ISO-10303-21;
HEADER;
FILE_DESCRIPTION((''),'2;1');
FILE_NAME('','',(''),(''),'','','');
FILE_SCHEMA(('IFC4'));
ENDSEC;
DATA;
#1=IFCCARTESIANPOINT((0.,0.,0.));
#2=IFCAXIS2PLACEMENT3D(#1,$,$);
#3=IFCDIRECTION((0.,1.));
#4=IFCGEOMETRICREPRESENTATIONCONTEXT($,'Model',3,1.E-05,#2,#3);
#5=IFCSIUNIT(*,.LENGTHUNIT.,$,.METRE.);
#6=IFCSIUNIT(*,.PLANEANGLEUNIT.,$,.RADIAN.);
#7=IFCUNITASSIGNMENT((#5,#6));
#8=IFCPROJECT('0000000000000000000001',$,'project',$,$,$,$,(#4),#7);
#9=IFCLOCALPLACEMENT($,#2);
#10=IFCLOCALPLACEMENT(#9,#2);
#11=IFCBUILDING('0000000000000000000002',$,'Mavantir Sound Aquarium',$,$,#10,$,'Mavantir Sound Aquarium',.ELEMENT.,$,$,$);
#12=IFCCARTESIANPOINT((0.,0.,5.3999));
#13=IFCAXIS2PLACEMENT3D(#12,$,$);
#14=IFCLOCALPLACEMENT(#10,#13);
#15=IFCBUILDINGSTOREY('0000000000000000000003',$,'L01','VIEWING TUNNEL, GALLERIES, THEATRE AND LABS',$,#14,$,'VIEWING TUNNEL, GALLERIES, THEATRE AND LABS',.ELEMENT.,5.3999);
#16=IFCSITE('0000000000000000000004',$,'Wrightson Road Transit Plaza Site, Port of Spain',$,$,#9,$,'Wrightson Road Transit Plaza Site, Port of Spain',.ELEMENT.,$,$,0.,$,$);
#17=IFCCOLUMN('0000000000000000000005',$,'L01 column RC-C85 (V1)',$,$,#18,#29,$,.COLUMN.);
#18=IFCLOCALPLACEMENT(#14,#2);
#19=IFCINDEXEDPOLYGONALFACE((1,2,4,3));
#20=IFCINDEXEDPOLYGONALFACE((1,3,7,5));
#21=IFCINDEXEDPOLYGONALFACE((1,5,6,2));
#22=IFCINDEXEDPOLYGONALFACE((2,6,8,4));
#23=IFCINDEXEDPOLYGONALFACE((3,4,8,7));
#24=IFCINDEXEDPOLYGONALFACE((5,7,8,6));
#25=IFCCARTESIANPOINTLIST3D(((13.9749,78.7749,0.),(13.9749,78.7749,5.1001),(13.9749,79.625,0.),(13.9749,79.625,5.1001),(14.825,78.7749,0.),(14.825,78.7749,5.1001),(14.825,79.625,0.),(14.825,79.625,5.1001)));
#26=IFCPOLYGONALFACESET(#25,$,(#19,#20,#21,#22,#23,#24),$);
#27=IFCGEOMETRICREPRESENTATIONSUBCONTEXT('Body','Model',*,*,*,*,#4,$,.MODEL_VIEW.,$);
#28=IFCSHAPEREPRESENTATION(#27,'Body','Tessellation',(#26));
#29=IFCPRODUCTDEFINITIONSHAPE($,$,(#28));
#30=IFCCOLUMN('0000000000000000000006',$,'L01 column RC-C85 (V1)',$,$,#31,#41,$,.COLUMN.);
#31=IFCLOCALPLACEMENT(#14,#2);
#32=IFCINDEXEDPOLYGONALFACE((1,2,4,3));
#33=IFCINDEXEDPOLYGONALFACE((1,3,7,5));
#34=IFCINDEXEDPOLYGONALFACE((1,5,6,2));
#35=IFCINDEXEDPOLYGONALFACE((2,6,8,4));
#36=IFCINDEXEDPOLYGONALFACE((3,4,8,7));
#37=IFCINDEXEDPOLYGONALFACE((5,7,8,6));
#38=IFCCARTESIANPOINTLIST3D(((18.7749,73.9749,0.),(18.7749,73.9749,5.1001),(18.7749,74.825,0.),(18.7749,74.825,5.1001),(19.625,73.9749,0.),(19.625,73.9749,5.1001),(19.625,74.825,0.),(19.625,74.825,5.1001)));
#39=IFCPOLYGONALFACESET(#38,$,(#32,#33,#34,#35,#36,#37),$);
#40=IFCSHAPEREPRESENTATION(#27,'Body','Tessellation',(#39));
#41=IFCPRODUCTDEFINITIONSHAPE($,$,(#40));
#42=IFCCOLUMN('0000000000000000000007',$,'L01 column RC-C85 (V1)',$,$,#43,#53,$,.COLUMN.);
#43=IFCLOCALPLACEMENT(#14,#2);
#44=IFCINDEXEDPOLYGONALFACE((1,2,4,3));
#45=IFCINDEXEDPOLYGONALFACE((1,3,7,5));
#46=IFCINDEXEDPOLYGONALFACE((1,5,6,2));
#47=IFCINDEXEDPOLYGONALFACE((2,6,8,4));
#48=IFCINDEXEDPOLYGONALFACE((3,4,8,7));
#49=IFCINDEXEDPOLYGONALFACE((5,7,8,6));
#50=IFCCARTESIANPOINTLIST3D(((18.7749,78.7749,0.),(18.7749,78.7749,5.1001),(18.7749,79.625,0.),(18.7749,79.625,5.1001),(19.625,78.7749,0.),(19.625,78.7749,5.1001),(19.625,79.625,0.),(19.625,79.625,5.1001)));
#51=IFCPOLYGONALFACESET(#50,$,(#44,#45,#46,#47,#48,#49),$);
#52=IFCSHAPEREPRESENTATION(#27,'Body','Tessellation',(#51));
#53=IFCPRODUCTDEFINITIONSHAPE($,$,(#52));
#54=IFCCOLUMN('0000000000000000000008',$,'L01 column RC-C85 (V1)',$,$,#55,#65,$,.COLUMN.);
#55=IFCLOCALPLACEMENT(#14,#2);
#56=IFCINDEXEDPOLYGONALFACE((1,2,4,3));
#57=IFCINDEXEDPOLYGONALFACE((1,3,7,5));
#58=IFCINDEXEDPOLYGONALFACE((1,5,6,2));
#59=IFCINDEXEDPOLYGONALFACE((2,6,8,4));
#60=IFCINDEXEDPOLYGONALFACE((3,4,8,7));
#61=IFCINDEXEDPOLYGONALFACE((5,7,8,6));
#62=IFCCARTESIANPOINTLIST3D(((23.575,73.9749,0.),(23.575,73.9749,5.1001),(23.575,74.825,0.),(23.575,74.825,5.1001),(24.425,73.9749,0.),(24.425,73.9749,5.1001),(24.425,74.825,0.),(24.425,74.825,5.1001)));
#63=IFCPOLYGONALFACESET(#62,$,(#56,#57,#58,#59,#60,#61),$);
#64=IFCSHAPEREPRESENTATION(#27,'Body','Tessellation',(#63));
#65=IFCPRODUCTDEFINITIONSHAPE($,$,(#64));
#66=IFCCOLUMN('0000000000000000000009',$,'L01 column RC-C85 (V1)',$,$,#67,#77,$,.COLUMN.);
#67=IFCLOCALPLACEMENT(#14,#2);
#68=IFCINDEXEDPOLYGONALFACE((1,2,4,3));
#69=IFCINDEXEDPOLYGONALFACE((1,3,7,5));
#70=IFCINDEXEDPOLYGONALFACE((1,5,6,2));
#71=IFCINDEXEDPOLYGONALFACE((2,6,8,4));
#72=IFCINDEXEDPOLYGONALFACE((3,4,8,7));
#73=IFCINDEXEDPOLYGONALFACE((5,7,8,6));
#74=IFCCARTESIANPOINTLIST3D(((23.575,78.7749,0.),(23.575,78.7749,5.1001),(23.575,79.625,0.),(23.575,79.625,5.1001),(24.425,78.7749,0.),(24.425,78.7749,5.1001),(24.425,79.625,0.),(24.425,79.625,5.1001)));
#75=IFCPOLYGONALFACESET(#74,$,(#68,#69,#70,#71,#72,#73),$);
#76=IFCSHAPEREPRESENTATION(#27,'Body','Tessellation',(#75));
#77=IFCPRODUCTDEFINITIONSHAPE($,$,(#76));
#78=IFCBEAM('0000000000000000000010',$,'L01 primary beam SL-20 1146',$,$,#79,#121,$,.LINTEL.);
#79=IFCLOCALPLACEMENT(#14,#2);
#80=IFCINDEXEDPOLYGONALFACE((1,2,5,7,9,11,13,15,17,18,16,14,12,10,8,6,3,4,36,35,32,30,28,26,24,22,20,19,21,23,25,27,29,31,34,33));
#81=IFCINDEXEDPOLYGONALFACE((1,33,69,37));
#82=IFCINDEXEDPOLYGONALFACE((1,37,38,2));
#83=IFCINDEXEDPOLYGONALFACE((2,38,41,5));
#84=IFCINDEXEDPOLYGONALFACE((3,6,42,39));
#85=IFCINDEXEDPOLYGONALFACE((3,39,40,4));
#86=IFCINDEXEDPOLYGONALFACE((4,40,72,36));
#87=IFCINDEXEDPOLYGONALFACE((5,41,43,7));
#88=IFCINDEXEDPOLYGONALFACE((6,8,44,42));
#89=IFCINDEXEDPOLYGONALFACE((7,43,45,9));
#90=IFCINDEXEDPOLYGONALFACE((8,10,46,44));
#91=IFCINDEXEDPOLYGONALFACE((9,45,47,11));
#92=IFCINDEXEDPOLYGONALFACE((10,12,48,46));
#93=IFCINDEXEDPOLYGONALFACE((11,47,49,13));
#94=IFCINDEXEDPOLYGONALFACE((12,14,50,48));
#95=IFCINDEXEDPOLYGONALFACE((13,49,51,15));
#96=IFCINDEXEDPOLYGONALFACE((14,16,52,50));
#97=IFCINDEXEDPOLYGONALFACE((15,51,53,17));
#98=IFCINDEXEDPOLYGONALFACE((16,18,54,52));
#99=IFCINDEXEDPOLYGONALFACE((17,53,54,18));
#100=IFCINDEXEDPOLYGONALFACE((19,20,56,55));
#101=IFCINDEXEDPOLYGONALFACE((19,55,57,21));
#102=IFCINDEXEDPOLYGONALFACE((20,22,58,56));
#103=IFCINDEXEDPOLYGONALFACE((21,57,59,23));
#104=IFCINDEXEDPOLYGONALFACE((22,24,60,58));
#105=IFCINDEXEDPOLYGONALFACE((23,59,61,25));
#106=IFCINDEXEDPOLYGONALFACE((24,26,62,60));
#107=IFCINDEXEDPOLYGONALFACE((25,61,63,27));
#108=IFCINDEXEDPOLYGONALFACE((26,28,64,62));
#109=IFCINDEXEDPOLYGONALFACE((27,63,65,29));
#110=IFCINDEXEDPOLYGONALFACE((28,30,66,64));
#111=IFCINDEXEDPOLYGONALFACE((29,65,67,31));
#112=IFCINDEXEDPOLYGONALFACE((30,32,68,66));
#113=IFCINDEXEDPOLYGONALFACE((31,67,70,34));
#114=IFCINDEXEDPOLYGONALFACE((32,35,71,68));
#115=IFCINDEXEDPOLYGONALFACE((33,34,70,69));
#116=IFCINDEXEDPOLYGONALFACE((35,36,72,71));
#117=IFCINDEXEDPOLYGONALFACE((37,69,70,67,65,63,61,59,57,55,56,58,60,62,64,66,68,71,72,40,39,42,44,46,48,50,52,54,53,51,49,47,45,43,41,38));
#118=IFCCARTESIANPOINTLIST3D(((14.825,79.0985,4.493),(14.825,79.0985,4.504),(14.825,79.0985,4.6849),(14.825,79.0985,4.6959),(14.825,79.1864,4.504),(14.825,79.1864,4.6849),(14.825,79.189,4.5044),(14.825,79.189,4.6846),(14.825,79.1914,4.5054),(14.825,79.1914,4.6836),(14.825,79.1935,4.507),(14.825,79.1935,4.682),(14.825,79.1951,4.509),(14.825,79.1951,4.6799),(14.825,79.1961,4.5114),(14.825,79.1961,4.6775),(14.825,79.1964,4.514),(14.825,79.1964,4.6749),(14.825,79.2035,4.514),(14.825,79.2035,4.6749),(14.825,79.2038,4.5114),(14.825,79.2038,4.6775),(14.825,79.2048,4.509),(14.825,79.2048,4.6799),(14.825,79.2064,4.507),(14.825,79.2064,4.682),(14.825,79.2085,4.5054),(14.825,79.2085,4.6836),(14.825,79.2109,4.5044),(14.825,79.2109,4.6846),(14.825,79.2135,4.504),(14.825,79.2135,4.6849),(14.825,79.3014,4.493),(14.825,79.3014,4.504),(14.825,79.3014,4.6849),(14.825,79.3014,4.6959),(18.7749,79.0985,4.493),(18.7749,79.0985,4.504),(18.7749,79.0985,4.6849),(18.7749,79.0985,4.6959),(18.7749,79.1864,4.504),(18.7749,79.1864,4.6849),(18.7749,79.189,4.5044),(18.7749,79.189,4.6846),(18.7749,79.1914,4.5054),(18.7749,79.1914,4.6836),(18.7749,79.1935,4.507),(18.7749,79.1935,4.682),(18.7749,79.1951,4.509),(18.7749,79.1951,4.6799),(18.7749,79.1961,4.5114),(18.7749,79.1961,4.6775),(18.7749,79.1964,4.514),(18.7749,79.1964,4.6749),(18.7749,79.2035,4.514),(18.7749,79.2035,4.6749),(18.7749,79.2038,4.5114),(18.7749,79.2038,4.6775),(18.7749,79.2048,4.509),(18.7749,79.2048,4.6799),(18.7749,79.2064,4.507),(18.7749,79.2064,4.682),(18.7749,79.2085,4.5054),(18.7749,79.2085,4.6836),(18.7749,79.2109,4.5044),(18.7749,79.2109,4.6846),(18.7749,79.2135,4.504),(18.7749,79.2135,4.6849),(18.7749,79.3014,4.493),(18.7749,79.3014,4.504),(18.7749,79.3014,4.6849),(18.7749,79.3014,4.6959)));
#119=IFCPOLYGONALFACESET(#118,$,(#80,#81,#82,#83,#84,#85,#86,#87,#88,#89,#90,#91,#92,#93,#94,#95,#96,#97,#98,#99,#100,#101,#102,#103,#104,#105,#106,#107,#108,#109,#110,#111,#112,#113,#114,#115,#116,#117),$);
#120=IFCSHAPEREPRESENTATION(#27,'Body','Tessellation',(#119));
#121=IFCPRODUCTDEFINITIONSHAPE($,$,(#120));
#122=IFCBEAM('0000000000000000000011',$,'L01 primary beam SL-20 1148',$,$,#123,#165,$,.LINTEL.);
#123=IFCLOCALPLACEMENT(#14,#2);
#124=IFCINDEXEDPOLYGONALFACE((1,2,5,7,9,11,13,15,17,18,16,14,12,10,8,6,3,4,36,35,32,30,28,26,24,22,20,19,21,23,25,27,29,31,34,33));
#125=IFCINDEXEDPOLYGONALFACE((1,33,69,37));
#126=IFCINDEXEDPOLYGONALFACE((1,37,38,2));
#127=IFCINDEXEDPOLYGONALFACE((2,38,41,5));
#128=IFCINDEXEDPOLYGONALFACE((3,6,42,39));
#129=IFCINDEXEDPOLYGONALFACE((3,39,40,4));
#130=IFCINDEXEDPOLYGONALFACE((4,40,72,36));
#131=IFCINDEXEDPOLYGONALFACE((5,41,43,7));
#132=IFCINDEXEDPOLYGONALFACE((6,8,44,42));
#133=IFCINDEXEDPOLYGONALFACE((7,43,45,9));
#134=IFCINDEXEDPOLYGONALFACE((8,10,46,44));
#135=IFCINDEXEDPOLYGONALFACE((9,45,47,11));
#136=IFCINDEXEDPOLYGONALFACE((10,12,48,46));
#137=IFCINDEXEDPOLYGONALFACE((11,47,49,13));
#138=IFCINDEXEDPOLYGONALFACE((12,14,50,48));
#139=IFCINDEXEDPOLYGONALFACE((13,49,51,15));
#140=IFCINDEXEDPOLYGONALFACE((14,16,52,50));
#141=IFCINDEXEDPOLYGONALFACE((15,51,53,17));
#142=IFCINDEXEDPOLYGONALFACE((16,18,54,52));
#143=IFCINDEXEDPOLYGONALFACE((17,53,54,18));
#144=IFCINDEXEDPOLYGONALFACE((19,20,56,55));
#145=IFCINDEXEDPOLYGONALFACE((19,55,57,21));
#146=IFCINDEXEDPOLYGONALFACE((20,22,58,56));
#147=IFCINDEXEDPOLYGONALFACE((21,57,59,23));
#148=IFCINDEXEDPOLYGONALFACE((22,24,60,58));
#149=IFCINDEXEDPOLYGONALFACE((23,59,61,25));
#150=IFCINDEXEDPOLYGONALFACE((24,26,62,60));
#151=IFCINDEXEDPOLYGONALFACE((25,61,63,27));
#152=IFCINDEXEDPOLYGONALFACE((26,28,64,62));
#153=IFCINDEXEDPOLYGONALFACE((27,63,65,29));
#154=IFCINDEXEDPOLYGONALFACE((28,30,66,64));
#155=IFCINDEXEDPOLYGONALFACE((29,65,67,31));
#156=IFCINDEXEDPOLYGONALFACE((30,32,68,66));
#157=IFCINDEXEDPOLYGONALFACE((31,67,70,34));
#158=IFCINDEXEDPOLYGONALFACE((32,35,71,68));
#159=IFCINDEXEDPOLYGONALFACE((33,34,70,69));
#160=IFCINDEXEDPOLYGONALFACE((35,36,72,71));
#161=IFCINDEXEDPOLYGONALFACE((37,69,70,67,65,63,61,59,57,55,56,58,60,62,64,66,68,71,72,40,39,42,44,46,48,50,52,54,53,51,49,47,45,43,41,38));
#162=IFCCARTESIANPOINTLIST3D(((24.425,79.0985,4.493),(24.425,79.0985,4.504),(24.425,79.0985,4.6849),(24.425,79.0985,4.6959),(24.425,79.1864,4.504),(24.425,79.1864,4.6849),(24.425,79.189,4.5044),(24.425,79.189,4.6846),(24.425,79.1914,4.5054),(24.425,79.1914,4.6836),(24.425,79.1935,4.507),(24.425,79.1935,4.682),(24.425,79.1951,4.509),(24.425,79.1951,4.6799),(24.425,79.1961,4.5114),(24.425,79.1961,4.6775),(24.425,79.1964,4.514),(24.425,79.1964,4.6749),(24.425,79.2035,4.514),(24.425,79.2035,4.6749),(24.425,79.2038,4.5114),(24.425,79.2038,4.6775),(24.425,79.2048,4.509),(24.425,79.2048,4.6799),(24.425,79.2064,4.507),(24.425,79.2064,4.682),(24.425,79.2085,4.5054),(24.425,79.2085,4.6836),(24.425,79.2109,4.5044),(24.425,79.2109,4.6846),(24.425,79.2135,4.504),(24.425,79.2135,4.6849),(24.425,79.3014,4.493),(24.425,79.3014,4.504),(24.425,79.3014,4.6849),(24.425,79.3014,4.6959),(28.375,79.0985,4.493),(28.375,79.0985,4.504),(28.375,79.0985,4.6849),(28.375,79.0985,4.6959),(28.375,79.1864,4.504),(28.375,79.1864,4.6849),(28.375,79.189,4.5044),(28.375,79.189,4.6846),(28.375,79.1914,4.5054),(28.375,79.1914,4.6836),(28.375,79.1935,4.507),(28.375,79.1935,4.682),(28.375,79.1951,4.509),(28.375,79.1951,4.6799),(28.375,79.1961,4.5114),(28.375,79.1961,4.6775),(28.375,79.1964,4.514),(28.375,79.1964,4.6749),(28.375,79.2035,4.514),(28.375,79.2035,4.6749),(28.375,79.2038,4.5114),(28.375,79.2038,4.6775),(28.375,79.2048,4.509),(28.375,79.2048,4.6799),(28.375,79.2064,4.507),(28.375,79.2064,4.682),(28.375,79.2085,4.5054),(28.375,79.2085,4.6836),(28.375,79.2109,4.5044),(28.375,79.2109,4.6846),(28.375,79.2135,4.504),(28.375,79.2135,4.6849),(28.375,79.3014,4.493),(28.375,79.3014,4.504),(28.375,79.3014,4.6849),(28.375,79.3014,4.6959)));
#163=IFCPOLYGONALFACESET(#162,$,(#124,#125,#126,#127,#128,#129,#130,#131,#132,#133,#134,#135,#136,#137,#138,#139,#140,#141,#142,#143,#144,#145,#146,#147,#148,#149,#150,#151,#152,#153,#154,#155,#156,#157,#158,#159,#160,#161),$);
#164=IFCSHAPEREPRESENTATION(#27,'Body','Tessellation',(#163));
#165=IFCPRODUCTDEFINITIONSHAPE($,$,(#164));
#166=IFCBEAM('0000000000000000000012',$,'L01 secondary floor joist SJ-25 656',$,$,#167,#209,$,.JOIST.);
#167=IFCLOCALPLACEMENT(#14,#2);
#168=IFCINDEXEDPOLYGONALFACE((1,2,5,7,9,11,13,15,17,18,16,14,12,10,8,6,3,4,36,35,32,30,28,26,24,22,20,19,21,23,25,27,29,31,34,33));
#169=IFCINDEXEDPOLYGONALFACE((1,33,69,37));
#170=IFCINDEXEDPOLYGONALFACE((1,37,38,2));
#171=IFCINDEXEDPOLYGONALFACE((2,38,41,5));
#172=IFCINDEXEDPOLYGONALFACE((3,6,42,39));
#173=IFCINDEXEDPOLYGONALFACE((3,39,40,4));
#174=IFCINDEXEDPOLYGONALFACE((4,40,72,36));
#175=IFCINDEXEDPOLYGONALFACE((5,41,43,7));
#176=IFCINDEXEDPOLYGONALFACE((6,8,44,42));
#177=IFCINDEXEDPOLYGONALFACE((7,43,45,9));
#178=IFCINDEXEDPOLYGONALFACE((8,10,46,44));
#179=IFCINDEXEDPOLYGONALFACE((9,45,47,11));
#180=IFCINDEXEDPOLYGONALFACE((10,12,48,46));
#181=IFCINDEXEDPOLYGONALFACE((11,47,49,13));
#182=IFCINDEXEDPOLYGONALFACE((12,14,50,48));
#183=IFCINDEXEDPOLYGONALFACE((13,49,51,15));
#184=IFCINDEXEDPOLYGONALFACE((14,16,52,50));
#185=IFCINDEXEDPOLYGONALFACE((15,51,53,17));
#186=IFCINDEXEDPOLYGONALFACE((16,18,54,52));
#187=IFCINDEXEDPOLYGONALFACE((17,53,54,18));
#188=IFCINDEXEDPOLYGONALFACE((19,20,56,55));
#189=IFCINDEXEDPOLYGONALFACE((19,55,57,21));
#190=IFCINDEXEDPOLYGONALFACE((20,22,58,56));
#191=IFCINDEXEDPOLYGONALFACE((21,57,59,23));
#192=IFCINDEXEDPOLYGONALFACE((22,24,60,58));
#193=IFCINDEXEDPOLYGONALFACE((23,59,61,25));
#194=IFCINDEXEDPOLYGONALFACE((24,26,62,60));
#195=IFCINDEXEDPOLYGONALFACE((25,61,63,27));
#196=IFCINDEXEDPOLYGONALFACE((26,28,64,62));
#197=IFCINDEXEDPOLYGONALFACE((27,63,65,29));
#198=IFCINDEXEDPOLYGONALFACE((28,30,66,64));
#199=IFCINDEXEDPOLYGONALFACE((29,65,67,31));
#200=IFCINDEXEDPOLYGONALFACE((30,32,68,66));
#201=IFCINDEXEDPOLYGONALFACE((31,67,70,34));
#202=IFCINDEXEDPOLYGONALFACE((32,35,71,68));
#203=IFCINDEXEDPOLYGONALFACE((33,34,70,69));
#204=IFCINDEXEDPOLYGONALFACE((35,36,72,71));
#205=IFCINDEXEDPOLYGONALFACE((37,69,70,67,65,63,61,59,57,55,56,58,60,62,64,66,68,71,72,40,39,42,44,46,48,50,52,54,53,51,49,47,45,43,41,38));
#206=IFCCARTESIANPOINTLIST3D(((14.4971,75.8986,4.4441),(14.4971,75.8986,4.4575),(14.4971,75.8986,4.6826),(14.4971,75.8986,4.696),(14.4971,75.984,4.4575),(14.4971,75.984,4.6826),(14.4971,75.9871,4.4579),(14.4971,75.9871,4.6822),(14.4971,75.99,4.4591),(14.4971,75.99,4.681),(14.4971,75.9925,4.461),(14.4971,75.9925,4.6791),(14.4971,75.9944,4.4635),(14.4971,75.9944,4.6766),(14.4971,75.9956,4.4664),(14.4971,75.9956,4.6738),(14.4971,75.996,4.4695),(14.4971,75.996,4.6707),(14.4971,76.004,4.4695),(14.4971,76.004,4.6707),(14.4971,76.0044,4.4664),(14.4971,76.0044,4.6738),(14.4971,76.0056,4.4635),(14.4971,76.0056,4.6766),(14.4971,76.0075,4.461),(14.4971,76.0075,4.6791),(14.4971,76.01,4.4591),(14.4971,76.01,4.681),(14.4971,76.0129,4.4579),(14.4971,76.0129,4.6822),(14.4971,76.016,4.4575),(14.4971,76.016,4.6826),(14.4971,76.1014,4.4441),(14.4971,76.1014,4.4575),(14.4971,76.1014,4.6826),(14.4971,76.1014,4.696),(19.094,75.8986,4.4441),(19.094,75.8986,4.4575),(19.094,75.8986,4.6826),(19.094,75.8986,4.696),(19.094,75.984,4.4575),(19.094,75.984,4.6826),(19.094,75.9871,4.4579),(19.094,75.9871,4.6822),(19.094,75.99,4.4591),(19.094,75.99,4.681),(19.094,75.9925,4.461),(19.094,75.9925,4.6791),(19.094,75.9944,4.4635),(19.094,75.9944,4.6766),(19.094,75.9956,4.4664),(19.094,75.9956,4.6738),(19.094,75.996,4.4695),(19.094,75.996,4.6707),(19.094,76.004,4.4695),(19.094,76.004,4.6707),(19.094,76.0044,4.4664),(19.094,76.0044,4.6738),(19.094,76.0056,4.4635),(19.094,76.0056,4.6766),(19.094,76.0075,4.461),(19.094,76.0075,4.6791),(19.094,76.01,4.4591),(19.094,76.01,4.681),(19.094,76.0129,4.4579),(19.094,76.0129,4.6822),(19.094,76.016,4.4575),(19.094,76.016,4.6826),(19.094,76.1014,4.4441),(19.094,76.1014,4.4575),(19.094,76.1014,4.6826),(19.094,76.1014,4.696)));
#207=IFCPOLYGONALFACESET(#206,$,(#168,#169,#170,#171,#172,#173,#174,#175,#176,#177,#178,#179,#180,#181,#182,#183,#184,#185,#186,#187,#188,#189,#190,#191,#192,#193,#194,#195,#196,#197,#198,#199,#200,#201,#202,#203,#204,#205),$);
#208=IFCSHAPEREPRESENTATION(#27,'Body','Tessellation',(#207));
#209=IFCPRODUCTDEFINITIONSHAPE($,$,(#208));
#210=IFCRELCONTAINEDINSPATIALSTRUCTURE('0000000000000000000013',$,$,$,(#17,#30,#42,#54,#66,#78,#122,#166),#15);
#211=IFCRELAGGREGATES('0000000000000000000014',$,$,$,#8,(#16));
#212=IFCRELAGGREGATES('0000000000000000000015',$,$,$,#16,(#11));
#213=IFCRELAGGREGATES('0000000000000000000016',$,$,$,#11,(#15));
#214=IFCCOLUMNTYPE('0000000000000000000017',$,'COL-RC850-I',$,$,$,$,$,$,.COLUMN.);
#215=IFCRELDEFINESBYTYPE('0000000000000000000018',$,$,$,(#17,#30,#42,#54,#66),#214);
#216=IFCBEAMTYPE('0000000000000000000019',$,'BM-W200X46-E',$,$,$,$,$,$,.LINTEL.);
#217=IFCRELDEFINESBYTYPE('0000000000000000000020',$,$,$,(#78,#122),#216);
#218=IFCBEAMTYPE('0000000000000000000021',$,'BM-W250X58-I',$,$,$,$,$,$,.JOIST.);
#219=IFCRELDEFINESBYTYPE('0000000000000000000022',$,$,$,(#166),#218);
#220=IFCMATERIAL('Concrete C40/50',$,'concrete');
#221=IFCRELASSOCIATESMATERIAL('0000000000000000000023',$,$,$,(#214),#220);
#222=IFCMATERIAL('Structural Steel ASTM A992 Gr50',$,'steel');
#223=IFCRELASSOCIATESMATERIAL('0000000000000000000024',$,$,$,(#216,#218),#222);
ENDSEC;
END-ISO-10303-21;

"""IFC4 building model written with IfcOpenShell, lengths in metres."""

from ifc_helpers import new_model, si_unit, direction, frame, origin, origin_2d, place, context, subcontext, project, spatial, rectangle, i_section, extrude, material, material_profile, profile_set, type_object, element, save


model = new_model("IFC4")

# Units and contexts
model_context = context("Model", 3, precision=1e-05, world=origin(), true_north=direction((0.0, 1.0)))
body_context = subcontext(model_context, "Body", "Model", "MODEL_VIEW")
ifc_project = project(units=[si_unit("LENGTHUNIT", "METRE"), si_unit("PLANEANGLEUNIT", "RADIAN")], contexts=[model_context])

# Site, building, storey
site_placement = place(None, origin())
site = spatial("IfcSite", under=ifc_project, at=site_placement, Name="Wrightson Road Transit Plaza Site, Port of Spain", LongName="Wrightson Road Transit Plaza Site, Port of Spain", CompositionType="ELEMENT", RefElevation=0.0)
building_placement = place(site_placement, origin())
building = spatial("IfcBuilding", under=site, at=building_placement, Name="Mavantir Sound Aquarium", LongName="Mavantir Sound Aquarium", CompositionType="ELEMENT")
storey_placement = place(building_placement, frame((0.0, 0.0, 5.3999)))
storey = spatial("IfcBuildingStorey", under=building, at=storey_placement, Name="L01", Description="VIEWING TUNNEL, GALLERIES, THEATRE AND LABS", LongName="VIEWING TUNNEL, GALLERIES, THEATRE AND LABS", CompositionType="ELEMENT", Elevation=5.3999)

# Columns
ifc_material_1 = material(Name="Concrete C40/50", Category="concrete")
ifc_material_profile_1 = material_profile(ifc_material_1, rectangle(XDim=0.8501, YDim=0.8501, at=origin_2d()), Name="RC 850X850")
ifc_profile_set_1 = profile_set([ifc_material_profile_1], Name="Concrete C40/50")
column_type = type_object("IfcColumnType", Name="COL-RC850-I", PredefinedType="COLUMN", material=ifc_profile_set_1)
for number, where, z_axis, x_axis, name in (
    (1, (14.3999, 79.2, 0.0), (0.0, 0.0, 1.0), (1.0, 0.0, 0.0), "L01 column RC-C85 (V1)"),
    (2, (19.2, 74.3999, 0.0), (0.0, 0.0, 1.0), (1.0, 0.0, 0.0), "L01 column RC-C85 (V1)"),
    (3, (19.2, 79.2, 0.0), (0.0, 0.0, 1.0), (1.0, 0.0, 0.0), "L01 column RC-C85 (V1)"),
    (4, (24.0, 74.3999, 0.0), (0.0, 0.0, 1.0), (1.0, 0.0, 0.0), "L01 column RC-C85 (V1)"),
    (5, (24.0, 79.2, 0.0), (0.0, 0.0, 1.0), (1.0, 0.0, 0.0), "L01 column RC-C85 (V1)"),
):
    element("IfcColumn", number, at=place(storey_placement, frame(where, z_axis=z_axis, x_axis=x_axis)), inside=storey, type_object=column_type, Name=name, PredefinedType="COLUMN", context=body_context, shape_type="SweptSolid", body=[
        extrude(rectangle(XDim=0.8501, YDim=0.8501, at=origin_2d()), origin(), (0.0, 0.0, 1.0), 5.1001),
    ])

# Beams
ifc_material_2 = material(Name="Structural Steel ASTM A992 Gr50", Category="steel")
ifc_material_profile_2 = material_profile(ifc_material_2, i_section(OverallWidth=0.2029, OverallDepth=0.2029, WebThickness=0.0071, FlangeThickness=0.011, FilletRadius=0.01, at=origin_2d()), Name="W200X46")
ifc_profile_set_2 = profile_set([ifc_material_profile_2], Name="Structural Steel ASTM A992 Gr50")
beam_type_1 = type_object("IfcBeamType", Name="BM-W200X46-E", PredefinedType="LINTEL", material=ifc_profile_set_2)
for number, where, z_axis, x_axis, name in (
    (6, (14.825, 79.2, 4.5945), (1.0, 0.0, 0.0), (0.0, 1.0, 0.0), "L01 primary beam SL-20 1146"),
    (7, (24.425, 79.2, 4.5945), (1.0, 0.0, 0.0), (0.0, 1.0, 0.0), "L01 primary beam SL-20 1148"),
):
    element("IfcBeam", number, at=place(storey_placement, frame(where, z_axis=z_axis, x_axis=x_axis)), inside=storey, type_object=beam_type_1, Name=name, PredefinedType="LINTEL", context=body_context, shape_type="SweptSolid", body=[
        extrude(i_section(OverallWidth=0.2029, OverallDepth=0.2029, WebThickness=0.0071, FlangeThickness=0.011, FilletRadius=0.01, at=origin_2d()), origin(), (0.0, 0.0, 1.0), 3.95),
    ])
ifc_material_profile_3 = material_profile(ifc_material_2, i_section(OverallWidth=0.2029, OverallDepth=0.252, WebThickness=0.0081, FlangeThickness=0.0134, FilletRadius=0.012, at=origin_2d()), Name="W250X58")
ifc_profile_set_3 = profile_set([ifc_material_profile_3], Name="Structural Steel ASTM A992 Gr50")
beam_type_2 = type_object("IfcBeamType", Name="BM-W250X58-I", PredefinedType="JOIST", material=ifc_profile_set_3)
beam_1_placement = place(storey_placement, frame((14.4971, 76.0, 4.5701), z_axis=(1.0, 0.0, 0.0), x_axis=(0.0, 1.0, 0.0)))
element("IfcBeam", 8, at=beam_1_placement, inside=storey, type_object=beam_type_2, Name="L01 secondary floor joist SJ-25 656", PredefinedType="JOIST", context=body_context, shape_type="SweptSolid", body=[
    extrude(i_section(OverallWidth=0.2029, OverallDepth=0.252, WebThickness=0.0081, FlangeThickness=0.0134, FilletRadius=0.012, at=origin_2d()), origin(), (0.0, 0.0, 1.0), 4.5969),
])

save(model, "model.ifc")
